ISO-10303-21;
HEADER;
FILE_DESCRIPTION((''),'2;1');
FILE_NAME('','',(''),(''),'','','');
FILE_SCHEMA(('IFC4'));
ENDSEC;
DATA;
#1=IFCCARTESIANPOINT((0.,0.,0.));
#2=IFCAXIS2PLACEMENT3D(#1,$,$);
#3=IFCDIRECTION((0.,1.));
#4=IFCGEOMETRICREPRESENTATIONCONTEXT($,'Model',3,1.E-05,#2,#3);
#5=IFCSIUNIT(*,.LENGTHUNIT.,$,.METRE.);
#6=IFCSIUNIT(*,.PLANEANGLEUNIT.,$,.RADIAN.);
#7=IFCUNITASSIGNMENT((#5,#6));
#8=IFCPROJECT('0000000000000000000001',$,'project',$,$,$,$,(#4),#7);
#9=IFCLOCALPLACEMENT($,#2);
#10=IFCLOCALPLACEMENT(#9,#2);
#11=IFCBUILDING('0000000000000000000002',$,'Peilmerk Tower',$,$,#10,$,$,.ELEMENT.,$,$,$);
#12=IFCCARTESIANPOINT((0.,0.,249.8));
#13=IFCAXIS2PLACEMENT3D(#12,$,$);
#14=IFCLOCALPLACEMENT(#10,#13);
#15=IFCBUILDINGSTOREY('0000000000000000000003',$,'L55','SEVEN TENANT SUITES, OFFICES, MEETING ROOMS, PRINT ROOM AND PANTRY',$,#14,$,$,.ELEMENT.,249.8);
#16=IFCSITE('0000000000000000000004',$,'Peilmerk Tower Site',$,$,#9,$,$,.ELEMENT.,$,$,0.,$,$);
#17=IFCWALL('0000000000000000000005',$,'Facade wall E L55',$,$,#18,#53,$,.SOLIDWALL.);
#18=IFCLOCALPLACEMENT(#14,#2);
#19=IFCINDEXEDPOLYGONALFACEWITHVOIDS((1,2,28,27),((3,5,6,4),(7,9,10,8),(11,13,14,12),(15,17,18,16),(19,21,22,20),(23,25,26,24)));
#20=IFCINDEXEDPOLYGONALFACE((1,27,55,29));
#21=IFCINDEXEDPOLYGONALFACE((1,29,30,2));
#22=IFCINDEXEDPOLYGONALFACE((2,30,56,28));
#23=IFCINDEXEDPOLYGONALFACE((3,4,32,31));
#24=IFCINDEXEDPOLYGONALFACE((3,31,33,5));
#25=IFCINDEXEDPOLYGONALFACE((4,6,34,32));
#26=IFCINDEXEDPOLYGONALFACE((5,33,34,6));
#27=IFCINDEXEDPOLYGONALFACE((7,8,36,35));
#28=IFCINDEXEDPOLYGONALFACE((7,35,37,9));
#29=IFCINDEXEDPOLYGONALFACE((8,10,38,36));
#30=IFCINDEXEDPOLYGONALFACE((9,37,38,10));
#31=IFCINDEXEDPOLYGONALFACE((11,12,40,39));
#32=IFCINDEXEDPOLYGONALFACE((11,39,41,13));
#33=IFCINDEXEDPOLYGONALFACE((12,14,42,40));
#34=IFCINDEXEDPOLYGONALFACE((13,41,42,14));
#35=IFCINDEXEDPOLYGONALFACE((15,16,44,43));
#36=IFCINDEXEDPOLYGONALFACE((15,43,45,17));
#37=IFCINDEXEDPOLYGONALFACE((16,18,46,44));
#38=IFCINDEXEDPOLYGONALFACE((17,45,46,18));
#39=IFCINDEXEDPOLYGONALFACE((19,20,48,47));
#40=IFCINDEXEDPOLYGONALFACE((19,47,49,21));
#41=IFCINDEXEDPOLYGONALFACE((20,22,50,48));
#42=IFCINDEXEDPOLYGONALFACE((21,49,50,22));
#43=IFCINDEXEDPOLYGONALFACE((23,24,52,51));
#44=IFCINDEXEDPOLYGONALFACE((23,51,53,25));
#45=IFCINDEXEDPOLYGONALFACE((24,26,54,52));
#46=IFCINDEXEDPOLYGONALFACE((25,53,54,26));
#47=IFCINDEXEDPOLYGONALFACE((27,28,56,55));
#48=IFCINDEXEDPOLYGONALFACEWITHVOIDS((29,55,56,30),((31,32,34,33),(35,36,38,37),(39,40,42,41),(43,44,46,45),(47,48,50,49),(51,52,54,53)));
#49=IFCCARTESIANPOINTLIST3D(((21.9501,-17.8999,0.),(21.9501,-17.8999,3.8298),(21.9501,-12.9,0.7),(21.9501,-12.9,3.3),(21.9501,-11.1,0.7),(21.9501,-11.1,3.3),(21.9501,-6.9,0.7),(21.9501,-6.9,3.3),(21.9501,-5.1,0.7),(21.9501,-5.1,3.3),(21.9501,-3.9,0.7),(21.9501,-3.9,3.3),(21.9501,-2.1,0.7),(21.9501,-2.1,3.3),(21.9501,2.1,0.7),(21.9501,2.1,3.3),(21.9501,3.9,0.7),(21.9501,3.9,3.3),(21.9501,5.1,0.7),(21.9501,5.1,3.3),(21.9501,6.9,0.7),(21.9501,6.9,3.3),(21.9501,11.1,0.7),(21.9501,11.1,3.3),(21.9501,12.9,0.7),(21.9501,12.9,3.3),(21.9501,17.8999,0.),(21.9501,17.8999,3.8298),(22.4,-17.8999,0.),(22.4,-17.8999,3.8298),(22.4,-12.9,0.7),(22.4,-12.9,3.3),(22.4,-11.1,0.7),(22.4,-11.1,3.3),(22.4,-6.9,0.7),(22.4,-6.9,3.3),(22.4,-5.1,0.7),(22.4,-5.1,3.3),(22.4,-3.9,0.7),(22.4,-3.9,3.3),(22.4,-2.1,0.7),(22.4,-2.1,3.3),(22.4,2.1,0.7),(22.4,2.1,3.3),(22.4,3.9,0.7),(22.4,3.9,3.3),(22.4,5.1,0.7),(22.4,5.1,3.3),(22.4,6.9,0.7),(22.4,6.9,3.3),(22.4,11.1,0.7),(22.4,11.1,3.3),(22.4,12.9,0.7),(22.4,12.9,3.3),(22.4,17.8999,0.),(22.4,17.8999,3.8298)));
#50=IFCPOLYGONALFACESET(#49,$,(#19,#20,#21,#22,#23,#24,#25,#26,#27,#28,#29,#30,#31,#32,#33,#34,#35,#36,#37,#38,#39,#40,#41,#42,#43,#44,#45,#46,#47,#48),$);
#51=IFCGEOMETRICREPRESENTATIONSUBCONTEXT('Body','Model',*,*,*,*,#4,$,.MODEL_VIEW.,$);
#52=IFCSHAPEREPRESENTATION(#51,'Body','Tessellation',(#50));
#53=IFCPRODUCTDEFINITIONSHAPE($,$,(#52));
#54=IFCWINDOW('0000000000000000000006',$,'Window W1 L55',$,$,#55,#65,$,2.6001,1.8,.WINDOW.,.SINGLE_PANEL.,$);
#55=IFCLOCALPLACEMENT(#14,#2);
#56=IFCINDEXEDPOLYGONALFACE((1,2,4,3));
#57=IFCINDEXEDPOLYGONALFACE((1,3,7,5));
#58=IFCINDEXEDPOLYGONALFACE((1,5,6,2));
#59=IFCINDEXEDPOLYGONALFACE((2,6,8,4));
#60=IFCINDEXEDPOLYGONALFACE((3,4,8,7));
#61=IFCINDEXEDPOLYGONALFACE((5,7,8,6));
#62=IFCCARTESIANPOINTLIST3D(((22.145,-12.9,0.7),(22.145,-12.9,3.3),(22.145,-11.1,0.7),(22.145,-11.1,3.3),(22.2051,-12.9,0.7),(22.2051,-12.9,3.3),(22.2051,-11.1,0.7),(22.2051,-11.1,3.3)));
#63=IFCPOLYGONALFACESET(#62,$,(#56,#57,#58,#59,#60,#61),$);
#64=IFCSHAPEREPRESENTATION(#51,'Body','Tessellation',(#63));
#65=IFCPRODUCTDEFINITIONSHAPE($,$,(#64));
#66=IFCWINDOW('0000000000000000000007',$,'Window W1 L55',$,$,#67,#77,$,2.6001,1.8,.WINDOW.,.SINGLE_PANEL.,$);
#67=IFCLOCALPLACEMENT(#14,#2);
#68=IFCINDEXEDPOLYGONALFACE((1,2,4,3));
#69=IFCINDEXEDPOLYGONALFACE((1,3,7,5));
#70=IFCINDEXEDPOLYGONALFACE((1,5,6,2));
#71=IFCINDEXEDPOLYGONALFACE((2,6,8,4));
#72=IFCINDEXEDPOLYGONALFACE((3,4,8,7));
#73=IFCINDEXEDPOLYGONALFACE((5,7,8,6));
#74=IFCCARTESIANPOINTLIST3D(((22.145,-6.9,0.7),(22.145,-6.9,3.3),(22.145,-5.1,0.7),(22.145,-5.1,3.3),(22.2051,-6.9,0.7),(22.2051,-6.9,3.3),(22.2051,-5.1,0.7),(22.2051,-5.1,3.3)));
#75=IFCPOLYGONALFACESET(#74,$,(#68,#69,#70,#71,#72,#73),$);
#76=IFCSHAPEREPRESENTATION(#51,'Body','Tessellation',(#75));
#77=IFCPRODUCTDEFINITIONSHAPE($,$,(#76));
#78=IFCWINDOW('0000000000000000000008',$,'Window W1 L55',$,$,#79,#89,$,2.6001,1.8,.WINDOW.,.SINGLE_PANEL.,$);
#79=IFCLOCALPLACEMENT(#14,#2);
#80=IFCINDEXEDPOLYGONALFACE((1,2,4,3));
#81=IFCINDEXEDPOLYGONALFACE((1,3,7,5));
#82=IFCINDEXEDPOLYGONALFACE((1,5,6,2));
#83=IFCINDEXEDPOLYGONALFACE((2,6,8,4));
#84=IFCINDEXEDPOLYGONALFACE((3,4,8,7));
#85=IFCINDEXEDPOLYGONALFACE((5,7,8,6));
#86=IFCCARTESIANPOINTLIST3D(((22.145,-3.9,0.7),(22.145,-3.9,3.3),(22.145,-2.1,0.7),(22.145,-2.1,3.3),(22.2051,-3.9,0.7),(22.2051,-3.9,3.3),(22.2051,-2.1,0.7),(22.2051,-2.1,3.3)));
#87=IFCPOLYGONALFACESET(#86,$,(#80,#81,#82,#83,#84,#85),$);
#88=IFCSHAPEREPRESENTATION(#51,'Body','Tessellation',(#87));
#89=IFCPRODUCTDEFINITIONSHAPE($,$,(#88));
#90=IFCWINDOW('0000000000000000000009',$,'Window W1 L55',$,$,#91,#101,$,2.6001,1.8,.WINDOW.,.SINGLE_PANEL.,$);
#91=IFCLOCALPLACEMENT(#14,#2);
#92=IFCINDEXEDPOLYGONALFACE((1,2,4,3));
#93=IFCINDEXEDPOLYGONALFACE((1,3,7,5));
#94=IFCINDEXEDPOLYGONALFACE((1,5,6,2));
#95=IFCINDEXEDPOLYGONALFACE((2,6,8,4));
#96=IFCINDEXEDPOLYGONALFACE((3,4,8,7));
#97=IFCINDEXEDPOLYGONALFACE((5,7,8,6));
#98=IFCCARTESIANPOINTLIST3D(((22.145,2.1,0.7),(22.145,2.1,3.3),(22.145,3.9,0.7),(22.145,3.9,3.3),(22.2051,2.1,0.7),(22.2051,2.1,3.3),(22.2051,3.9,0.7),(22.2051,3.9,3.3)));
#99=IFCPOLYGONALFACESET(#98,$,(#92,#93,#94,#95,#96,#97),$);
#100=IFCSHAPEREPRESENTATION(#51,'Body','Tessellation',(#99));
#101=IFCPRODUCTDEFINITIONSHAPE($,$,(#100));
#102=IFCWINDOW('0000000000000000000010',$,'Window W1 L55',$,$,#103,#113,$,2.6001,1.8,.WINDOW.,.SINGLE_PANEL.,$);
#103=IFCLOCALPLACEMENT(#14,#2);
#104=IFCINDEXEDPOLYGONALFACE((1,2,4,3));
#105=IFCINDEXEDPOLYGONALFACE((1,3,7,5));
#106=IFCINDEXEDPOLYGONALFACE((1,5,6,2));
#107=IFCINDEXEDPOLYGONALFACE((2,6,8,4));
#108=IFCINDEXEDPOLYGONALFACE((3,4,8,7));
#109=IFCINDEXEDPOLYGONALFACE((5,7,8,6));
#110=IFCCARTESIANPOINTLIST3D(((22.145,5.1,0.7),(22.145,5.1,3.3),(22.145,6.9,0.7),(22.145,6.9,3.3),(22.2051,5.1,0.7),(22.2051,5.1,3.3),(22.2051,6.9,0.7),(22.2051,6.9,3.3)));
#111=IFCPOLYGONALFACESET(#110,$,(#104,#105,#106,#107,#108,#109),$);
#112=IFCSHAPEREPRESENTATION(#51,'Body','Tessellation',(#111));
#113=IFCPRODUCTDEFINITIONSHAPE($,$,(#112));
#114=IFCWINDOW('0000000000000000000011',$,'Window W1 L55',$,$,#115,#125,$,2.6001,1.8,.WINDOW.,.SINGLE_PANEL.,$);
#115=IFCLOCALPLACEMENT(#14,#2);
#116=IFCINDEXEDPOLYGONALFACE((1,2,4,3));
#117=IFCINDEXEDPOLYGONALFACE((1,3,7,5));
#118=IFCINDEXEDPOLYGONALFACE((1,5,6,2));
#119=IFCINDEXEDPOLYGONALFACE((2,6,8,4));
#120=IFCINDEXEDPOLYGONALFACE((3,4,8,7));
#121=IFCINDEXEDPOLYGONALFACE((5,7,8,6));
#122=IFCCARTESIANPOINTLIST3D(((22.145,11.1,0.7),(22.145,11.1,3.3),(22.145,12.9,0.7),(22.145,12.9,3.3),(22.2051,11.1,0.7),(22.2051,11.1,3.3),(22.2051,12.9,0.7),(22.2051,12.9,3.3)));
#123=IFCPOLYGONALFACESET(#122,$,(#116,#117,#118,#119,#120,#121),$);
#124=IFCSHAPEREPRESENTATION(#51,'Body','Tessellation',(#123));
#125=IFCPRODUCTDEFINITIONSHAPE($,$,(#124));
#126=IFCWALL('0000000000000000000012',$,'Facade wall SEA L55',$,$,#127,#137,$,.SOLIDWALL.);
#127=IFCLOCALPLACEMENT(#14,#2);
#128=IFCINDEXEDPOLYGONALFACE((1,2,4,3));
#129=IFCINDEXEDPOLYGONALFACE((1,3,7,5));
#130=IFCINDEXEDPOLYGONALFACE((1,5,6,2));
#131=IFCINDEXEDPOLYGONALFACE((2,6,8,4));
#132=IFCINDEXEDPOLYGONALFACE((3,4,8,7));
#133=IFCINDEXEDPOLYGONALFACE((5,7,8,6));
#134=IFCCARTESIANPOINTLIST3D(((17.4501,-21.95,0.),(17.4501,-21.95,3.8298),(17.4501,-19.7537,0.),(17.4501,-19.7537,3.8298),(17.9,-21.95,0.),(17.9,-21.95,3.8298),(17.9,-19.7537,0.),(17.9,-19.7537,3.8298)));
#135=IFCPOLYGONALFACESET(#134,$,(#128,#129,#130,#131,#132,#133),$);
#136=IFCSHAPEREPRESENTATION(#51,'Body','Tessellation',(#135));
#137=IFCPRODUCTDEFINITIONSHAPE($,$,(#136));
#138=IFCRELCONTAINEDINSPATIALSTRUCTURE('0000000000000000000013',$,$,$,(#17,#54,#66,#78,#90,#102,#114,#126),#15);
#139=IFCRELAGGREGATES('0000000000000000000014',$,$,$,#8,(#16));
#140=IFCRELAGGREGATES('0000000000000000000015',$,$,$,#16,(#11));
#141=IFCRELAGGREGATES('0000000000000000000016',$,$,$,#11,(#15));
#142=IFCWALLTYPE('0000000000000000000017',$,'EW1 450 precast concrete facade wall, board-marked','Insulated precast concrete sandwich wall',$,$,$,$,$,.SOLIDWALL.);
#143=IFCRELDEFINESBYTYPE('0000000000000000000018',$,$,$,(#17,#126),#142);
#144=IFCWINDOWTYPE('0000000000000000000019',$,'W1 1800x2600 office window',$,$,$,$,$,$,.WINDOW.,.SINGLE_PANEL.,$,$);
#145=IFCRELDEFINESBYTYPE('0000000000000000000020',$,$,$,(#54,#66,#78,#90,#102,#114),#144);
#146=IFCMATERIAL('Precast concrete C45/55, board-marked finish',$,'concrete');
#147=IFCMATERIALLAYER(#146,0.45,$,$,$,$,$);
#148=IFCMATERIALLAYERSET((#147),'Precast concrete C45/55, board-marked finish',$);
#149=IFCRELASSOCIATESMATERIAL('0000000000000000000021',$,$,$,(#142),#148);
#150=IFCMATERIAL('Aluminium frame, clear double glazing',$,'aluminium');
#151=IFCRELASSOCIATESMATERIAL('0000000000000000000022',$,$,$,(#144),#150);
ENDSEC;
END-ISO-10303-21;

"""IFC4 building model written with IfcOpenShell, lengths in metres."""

from ifc_helpers import new_model, si_unit, direction, frame, frame_2d, origin, place, context, subcontext, project, spatial, rectangle, extrude, material, layer, layer_set, type_object, element, fill, save


model = new_model("IFC4")

# Units and contexts
model_context = context("Model", 3, precision=1e-05, world=origin(), true_north=direction((0.0, 1.0)))
body_context = subcontext(model_context, "Body", "Model", "MODEL_VIEW")
ifc_project = project(units=[si_unit("LENGTHUNIT", "METRE"), si_unit("PLANEANGLEUNIT", "RADIAN")], contexts=[model_context])

# Site, building, storey
site_placement = place(None, origin())
site = spatial("IfcSite", under=ifc_project, at=site_placement, Name="Peilmerk Tower Site", CompositionType="ELEMENT", RefElevation=0.0)
building_placement = place(site_placement, origin())
building = spatial("IfcBuilding", under=site, at=building_placement, Name="Peilmerk Tower", CompositionType="ELEMENT")
storey_placement = place(building_placement, frame((0.0, 0.0, 249.8)))
storey = spatial("IfcBuildingStorey", under=building, at=storey_placement, Name="L55", Description="SEVEN TENANT SUITES, OFFICES, MEETING ROOMS, PRINT ROOM AND PANTRY", CompositionType="ELEMENT", Elevation=249.8)

# Wall, openings, windows
ifc_material_1 = material(Name="Precast concrete C45/55, board-marked finish", Category="concrete")
ifc_layer_1 = layer(ifc_material_1, 0.45)
ifc_layer_set_1 = layer_set([ifc_layer_1], Name="Precast concrete C45/55, board-marked finish")
wall_type = type_object("IfcWallType", Name="EW1 450 precast concrete facade wall, board-marked", Description="Insulated precast concrete sandwich wall", PredefinedType="SOLIDWALL", material=ifc_layer_set_1)
wall_1_placement = place(storey_placement, frame((22.175, -17.8999, 0.0), z_axis=(0.0, 0.0, 1.0), x_axis=(0.0, 1.0, 0.0)))
wall_1 = element("IfcWall", 1, at=wall_1_placement, inside=storey, type_object=wall_type, Name="Facade wall E L55", PredefinedType="SOLIDWALL", context=body_context, shape_type="SweptSolid", body=[
    extrude(rectangle(XDim=35.7998, YDim=0.45, at=frame_2d((17.8999, 0.0))), origin(), (0.0, 0.0, 1.0), 3.8298),
])
opening_1_placement = place(wall_1_placement, frame((5.0, 0.0, 0.7)))
opening_1 = element("IfcOpeningElement", 2, at=opening_1_placement, cuts=wall_1, PredefinedType="OPENING", context=body_context, shape_type="SweptSolid", body=[
    extrude(rectangle(XDim=1.8, YDim=2.6001, at=frame_2d((0.8999, 1.3))), frame((0.0, 0.2349, 0.0), z_axis=(0.0, -1.0, 0.0), x_axis=(1.0, 0.0, 0.0)), (0.0, 0.0, 1.0), 0.47),
])
opening_2_placement = place(wall_1_placement, frame((11.0, 0.0, 0.7)))
opening_2 = element("IfcOpeningElement", 3, at=opening_2_placement, cuts=wall_1, PredefinedType="OPENING", context=body_context, shape_type="SweptSolid", body=[
    extrude(rectangle(XDim=1.8, YDim=2.6001, at=frame_2d((0.8999, 1.3))), frame((0.0, 0.2349, 0.0), z_axis=(0.0, -1.0, 0.0), x_axis=(1.0, 0.0, 0.0)), (0.0, 0.0, 1.0), 0.47),
])
opening_3_placement = place(wall_1_placement, frame((14.0, 0.0, 0.7)))
opening_3 = element("IfcOpeningElement", 4, at=opening_3_placement, cuts=wall_1, PredefinedType="OPENING", context=body_context, shape_type="SweptSolid", body=[
    extrude(rectangle(XDim=1.8, YDim=2.6001, at=frame_2d((0.8999, 1.3))), frame((0.0, 0.2349, 0.0), z_axis=(0.0, -1.0, 0.0), x_axis=(1.0, 0.0, 0.0)), (0.0, 0.0, 1.0), 0.47),
])
opening_4_placement = place(wall_1_placement, frame((20.0, 0.0, 0.7)))
opening_4 = element("IfcOpeningElement", 5, at=opening_4_placement, cuts=wall_1, PredefinedType="OPENING", context=body_context, shape_type="SweptSolid", body=[
    extrude(rectangle(XDim=1.8, YDim=2.6001, at=frame_2d((0.8999, 1.3))), frame((0.0, 0.2349, 0.0), z_axis=(0.0, -1.0, 0.0), x_axis=(1.0, 0.0, 0.0)), (0.0, 0.0, 1.0), 0.47),
])
opening_5_placement = place(wall_1_placement, frame((23.0, 0.0, 0.7)))
opening_5 = element("IfcOpeningElement", 6, at=opening_5_placement, cuts=wall_1, PredefinedType="OPENING", context=body_context, shape_type="SweptSolid", body=[
    extrude(rectangle(XDim=1.8, YDim=2.6001, at=frame_2d((0.8999, 1.3))), frame((0.0, 0.2349, 0.0), z_axis=(0.0, -1.0, 0.0), x_axis=(1.0, 0.0, 0.0)), (0.0, 0.0, 1.0), 0.47),
])
opening_6_placement = place(wall_1_placement, frame((29.0, 0.0, 0.7)))
opening_6 = element("IfcOpeningElement", 7, at=opening_6_placement, cuts=wall_1, PredefinedType="OPENING", context=body_context, shape_type="SweptSolid", body=[
    extrude(rectangle(XDim=1.8, YDim=2.6001, at=frame_2d((0.8999, 1.3))), frame((0.0, 0.2349, 0.0), z_axis=(0.0, -1.0, 0.0), x_axis=(1.0, 0.0, 0.0)), (0.0, 0.0, 1.0), 0.47),
])
ifc_material_2 = material(Name="Aluminium frame, clear double glazing", Category="aluminium")
window_type = type_object("IfcWindowType", Name="W1 1800x2600 office window", PartitioningType="SINGLE_PANEL", PredefinedType="WINDOW", material=ifc_material_2)
window_1_placement = place(opening_1_placement, origin())
window_1 = element("IfcWindow", 8, at=window_1_placement, inside=storey, type_object=window_type, Name="Window W1 L55", OverallHeight=2.6001, OverallWidth=1.8, PartitioningType="SINGLE_PANEL", PredefinedType="WINDOW", context=body_context, shape_type="SweptSolid", body=[
    extrude(rectangle(XDim=1.8, YDim=2.6001, at=frame_2d((0.8999, 1.3))), frame((0.0, 0.03, 0.0), z_axis=(0.0, -1.0, 0.0), x_axis=(1.0, 0.0, 0.0)), (0.0, 0.0, 1.0), 0.0601),
])
fill(opening_1, window_1)
window_2_placement = place(opening_2_placement, origin())
window_2 = element("IfcWindow", 9, at=window_2_placement, inside=storey, type_object=window_type, Name="Window W1 L55", OverallHeight=2.6001, OverallWidth=1.8, PartitioningType="SINGLE_PANEL", PredefinedType="WINDOW", context=body_context, shape_type="SweptSolid", body=[
    extrude(rectangle(XDim=1.8, YDim=2.6001, at=frame_2d((0.8999, 1.3))), frame((0.0, 0.03, 0.0), z_axis=(0.0, -1.0, 0.0), x_axis=(1.0, 0.0, 0.0)), (0.0, 0.0, 1.0), 0.0601),
])
fill(opening_2, window_2)
window_3_placement = place(opening_3_placement, origin())
window_3 = element("IfcWindow", 10, at=window_3_placement, inside=storey, type_object=window_type, Name="Window W1 L55", OverallHeight=2.6001, OverallWidth=1.8, PartitioningType="SINGLE_PANEL", PredefinedType="WINDOW", context=body_context, shape_type="SweptSolid", body=[
    extrude(rectangle(XDim=1.8, YDim=2.6001, at=frame_2d((0.8999, 1.3))), frame((0.0, 0.03, 0.0), z_axis=(0.0, -1.0, 0.0), x_axis=(1.0, 0.0, 0.0)), (0.0, 0.0, 1.0), 0.0601),
])
fill(opening_3, window_3)
window_4_placement = place(opening_4_placement, origin())
window_4 = element("IfcWindow", 11, at=window_4_placement, inside=storey, type_object=window_type, Name="Window W1 L55", OverallHeight=2.6001, OverallWidth=1.8, PartitioningType="SINGLE_PANEL", PredefinedType="WINDOW", context=body_context, shape_type="SweptSolid", body=[
    extrude(rectangle(XDim=1.8, YDim=2.6001, at=frame_2d((0.8999, 1.3))), frame((0.0, 0.03, 0.0), z_axis=(0.0, -1.0, 0.0), x_axis=(1.0, 0.0, 0.0)), (0.0, 0.0, 1.0), 0.0601),
])
fill(opening_4, window_4)
window_5_placement = place(opening_5_placement, origin())
window_5 = element("IfcWindow", 12, at=window_5_placement, inside=storey, type_object=window_type, Name="Window W1 L55", OverallHeight=2.6001, OverallWidth=1.8, PartitioningType="SINGLE_PANEL", PredefinedType="WINDOW", context=body_context, shape_type="SweptSolid", body=[
    extrude(rectangle(XDim=1.8, YDim=2.6001, at=frame_2d((0.8999, 1.3))), frame((0.0, 0.03, 0.0), z_axis=(0.0, -1.0, 0.0), x_axis=(1.0, 0.0, 0.0)), (0.0, 0.0, 1.0), 0.0601),
])
fill(opening_5, window_5)
window_6_placement = place(opening_6_placement, origin())
window_6 = element("IfcWindow", 13, at=window_6_placement, inside=storey, type_object=window_type, Name="Window W1 L55", OverallHeight=2.6001, OverallWidth=1.8, PartitioningType="SINGLE_PANEL", PredefinedType="WINDOW", context=body_context, shape_type="SweptSolid", body=[
    extrude(rectangle(XDim=1.8, YDim=2.6001, at=frame_2d((0.8999, 1.3))), frame((0.0, 0.03, 0.0), z_axis=(0.0, -1.0, 0.0), x_axis=(1.0, 0.0, 0.0)), (0.0, 0.0, 1.0), 0.0601),
])
fill(opening_6, window_6)

# Wall
wall_2_placement = place(storey_placement, frame((17.675, -19.7537, 0.0), z_axis=(0.0, 0.0, 1.0), x_axis=(0.0, -1.0, 0.0)))
element("IfcWall", 14, at=wall_2_placement, inside=storey, type_object=wall_type, Name="Facade wall SEA L55", PredefinedType="SOLIDWALL", context=body_context, shape_type="SweptSolid", body=[
    extrude(rectangle(XDim=2.1963, YDim=0.45, at=frame_2d((1.0981, 0.0))), origin(), (0.0, 0.0, 1.0), 3.8298),
])

save(model, "model.ifc")
